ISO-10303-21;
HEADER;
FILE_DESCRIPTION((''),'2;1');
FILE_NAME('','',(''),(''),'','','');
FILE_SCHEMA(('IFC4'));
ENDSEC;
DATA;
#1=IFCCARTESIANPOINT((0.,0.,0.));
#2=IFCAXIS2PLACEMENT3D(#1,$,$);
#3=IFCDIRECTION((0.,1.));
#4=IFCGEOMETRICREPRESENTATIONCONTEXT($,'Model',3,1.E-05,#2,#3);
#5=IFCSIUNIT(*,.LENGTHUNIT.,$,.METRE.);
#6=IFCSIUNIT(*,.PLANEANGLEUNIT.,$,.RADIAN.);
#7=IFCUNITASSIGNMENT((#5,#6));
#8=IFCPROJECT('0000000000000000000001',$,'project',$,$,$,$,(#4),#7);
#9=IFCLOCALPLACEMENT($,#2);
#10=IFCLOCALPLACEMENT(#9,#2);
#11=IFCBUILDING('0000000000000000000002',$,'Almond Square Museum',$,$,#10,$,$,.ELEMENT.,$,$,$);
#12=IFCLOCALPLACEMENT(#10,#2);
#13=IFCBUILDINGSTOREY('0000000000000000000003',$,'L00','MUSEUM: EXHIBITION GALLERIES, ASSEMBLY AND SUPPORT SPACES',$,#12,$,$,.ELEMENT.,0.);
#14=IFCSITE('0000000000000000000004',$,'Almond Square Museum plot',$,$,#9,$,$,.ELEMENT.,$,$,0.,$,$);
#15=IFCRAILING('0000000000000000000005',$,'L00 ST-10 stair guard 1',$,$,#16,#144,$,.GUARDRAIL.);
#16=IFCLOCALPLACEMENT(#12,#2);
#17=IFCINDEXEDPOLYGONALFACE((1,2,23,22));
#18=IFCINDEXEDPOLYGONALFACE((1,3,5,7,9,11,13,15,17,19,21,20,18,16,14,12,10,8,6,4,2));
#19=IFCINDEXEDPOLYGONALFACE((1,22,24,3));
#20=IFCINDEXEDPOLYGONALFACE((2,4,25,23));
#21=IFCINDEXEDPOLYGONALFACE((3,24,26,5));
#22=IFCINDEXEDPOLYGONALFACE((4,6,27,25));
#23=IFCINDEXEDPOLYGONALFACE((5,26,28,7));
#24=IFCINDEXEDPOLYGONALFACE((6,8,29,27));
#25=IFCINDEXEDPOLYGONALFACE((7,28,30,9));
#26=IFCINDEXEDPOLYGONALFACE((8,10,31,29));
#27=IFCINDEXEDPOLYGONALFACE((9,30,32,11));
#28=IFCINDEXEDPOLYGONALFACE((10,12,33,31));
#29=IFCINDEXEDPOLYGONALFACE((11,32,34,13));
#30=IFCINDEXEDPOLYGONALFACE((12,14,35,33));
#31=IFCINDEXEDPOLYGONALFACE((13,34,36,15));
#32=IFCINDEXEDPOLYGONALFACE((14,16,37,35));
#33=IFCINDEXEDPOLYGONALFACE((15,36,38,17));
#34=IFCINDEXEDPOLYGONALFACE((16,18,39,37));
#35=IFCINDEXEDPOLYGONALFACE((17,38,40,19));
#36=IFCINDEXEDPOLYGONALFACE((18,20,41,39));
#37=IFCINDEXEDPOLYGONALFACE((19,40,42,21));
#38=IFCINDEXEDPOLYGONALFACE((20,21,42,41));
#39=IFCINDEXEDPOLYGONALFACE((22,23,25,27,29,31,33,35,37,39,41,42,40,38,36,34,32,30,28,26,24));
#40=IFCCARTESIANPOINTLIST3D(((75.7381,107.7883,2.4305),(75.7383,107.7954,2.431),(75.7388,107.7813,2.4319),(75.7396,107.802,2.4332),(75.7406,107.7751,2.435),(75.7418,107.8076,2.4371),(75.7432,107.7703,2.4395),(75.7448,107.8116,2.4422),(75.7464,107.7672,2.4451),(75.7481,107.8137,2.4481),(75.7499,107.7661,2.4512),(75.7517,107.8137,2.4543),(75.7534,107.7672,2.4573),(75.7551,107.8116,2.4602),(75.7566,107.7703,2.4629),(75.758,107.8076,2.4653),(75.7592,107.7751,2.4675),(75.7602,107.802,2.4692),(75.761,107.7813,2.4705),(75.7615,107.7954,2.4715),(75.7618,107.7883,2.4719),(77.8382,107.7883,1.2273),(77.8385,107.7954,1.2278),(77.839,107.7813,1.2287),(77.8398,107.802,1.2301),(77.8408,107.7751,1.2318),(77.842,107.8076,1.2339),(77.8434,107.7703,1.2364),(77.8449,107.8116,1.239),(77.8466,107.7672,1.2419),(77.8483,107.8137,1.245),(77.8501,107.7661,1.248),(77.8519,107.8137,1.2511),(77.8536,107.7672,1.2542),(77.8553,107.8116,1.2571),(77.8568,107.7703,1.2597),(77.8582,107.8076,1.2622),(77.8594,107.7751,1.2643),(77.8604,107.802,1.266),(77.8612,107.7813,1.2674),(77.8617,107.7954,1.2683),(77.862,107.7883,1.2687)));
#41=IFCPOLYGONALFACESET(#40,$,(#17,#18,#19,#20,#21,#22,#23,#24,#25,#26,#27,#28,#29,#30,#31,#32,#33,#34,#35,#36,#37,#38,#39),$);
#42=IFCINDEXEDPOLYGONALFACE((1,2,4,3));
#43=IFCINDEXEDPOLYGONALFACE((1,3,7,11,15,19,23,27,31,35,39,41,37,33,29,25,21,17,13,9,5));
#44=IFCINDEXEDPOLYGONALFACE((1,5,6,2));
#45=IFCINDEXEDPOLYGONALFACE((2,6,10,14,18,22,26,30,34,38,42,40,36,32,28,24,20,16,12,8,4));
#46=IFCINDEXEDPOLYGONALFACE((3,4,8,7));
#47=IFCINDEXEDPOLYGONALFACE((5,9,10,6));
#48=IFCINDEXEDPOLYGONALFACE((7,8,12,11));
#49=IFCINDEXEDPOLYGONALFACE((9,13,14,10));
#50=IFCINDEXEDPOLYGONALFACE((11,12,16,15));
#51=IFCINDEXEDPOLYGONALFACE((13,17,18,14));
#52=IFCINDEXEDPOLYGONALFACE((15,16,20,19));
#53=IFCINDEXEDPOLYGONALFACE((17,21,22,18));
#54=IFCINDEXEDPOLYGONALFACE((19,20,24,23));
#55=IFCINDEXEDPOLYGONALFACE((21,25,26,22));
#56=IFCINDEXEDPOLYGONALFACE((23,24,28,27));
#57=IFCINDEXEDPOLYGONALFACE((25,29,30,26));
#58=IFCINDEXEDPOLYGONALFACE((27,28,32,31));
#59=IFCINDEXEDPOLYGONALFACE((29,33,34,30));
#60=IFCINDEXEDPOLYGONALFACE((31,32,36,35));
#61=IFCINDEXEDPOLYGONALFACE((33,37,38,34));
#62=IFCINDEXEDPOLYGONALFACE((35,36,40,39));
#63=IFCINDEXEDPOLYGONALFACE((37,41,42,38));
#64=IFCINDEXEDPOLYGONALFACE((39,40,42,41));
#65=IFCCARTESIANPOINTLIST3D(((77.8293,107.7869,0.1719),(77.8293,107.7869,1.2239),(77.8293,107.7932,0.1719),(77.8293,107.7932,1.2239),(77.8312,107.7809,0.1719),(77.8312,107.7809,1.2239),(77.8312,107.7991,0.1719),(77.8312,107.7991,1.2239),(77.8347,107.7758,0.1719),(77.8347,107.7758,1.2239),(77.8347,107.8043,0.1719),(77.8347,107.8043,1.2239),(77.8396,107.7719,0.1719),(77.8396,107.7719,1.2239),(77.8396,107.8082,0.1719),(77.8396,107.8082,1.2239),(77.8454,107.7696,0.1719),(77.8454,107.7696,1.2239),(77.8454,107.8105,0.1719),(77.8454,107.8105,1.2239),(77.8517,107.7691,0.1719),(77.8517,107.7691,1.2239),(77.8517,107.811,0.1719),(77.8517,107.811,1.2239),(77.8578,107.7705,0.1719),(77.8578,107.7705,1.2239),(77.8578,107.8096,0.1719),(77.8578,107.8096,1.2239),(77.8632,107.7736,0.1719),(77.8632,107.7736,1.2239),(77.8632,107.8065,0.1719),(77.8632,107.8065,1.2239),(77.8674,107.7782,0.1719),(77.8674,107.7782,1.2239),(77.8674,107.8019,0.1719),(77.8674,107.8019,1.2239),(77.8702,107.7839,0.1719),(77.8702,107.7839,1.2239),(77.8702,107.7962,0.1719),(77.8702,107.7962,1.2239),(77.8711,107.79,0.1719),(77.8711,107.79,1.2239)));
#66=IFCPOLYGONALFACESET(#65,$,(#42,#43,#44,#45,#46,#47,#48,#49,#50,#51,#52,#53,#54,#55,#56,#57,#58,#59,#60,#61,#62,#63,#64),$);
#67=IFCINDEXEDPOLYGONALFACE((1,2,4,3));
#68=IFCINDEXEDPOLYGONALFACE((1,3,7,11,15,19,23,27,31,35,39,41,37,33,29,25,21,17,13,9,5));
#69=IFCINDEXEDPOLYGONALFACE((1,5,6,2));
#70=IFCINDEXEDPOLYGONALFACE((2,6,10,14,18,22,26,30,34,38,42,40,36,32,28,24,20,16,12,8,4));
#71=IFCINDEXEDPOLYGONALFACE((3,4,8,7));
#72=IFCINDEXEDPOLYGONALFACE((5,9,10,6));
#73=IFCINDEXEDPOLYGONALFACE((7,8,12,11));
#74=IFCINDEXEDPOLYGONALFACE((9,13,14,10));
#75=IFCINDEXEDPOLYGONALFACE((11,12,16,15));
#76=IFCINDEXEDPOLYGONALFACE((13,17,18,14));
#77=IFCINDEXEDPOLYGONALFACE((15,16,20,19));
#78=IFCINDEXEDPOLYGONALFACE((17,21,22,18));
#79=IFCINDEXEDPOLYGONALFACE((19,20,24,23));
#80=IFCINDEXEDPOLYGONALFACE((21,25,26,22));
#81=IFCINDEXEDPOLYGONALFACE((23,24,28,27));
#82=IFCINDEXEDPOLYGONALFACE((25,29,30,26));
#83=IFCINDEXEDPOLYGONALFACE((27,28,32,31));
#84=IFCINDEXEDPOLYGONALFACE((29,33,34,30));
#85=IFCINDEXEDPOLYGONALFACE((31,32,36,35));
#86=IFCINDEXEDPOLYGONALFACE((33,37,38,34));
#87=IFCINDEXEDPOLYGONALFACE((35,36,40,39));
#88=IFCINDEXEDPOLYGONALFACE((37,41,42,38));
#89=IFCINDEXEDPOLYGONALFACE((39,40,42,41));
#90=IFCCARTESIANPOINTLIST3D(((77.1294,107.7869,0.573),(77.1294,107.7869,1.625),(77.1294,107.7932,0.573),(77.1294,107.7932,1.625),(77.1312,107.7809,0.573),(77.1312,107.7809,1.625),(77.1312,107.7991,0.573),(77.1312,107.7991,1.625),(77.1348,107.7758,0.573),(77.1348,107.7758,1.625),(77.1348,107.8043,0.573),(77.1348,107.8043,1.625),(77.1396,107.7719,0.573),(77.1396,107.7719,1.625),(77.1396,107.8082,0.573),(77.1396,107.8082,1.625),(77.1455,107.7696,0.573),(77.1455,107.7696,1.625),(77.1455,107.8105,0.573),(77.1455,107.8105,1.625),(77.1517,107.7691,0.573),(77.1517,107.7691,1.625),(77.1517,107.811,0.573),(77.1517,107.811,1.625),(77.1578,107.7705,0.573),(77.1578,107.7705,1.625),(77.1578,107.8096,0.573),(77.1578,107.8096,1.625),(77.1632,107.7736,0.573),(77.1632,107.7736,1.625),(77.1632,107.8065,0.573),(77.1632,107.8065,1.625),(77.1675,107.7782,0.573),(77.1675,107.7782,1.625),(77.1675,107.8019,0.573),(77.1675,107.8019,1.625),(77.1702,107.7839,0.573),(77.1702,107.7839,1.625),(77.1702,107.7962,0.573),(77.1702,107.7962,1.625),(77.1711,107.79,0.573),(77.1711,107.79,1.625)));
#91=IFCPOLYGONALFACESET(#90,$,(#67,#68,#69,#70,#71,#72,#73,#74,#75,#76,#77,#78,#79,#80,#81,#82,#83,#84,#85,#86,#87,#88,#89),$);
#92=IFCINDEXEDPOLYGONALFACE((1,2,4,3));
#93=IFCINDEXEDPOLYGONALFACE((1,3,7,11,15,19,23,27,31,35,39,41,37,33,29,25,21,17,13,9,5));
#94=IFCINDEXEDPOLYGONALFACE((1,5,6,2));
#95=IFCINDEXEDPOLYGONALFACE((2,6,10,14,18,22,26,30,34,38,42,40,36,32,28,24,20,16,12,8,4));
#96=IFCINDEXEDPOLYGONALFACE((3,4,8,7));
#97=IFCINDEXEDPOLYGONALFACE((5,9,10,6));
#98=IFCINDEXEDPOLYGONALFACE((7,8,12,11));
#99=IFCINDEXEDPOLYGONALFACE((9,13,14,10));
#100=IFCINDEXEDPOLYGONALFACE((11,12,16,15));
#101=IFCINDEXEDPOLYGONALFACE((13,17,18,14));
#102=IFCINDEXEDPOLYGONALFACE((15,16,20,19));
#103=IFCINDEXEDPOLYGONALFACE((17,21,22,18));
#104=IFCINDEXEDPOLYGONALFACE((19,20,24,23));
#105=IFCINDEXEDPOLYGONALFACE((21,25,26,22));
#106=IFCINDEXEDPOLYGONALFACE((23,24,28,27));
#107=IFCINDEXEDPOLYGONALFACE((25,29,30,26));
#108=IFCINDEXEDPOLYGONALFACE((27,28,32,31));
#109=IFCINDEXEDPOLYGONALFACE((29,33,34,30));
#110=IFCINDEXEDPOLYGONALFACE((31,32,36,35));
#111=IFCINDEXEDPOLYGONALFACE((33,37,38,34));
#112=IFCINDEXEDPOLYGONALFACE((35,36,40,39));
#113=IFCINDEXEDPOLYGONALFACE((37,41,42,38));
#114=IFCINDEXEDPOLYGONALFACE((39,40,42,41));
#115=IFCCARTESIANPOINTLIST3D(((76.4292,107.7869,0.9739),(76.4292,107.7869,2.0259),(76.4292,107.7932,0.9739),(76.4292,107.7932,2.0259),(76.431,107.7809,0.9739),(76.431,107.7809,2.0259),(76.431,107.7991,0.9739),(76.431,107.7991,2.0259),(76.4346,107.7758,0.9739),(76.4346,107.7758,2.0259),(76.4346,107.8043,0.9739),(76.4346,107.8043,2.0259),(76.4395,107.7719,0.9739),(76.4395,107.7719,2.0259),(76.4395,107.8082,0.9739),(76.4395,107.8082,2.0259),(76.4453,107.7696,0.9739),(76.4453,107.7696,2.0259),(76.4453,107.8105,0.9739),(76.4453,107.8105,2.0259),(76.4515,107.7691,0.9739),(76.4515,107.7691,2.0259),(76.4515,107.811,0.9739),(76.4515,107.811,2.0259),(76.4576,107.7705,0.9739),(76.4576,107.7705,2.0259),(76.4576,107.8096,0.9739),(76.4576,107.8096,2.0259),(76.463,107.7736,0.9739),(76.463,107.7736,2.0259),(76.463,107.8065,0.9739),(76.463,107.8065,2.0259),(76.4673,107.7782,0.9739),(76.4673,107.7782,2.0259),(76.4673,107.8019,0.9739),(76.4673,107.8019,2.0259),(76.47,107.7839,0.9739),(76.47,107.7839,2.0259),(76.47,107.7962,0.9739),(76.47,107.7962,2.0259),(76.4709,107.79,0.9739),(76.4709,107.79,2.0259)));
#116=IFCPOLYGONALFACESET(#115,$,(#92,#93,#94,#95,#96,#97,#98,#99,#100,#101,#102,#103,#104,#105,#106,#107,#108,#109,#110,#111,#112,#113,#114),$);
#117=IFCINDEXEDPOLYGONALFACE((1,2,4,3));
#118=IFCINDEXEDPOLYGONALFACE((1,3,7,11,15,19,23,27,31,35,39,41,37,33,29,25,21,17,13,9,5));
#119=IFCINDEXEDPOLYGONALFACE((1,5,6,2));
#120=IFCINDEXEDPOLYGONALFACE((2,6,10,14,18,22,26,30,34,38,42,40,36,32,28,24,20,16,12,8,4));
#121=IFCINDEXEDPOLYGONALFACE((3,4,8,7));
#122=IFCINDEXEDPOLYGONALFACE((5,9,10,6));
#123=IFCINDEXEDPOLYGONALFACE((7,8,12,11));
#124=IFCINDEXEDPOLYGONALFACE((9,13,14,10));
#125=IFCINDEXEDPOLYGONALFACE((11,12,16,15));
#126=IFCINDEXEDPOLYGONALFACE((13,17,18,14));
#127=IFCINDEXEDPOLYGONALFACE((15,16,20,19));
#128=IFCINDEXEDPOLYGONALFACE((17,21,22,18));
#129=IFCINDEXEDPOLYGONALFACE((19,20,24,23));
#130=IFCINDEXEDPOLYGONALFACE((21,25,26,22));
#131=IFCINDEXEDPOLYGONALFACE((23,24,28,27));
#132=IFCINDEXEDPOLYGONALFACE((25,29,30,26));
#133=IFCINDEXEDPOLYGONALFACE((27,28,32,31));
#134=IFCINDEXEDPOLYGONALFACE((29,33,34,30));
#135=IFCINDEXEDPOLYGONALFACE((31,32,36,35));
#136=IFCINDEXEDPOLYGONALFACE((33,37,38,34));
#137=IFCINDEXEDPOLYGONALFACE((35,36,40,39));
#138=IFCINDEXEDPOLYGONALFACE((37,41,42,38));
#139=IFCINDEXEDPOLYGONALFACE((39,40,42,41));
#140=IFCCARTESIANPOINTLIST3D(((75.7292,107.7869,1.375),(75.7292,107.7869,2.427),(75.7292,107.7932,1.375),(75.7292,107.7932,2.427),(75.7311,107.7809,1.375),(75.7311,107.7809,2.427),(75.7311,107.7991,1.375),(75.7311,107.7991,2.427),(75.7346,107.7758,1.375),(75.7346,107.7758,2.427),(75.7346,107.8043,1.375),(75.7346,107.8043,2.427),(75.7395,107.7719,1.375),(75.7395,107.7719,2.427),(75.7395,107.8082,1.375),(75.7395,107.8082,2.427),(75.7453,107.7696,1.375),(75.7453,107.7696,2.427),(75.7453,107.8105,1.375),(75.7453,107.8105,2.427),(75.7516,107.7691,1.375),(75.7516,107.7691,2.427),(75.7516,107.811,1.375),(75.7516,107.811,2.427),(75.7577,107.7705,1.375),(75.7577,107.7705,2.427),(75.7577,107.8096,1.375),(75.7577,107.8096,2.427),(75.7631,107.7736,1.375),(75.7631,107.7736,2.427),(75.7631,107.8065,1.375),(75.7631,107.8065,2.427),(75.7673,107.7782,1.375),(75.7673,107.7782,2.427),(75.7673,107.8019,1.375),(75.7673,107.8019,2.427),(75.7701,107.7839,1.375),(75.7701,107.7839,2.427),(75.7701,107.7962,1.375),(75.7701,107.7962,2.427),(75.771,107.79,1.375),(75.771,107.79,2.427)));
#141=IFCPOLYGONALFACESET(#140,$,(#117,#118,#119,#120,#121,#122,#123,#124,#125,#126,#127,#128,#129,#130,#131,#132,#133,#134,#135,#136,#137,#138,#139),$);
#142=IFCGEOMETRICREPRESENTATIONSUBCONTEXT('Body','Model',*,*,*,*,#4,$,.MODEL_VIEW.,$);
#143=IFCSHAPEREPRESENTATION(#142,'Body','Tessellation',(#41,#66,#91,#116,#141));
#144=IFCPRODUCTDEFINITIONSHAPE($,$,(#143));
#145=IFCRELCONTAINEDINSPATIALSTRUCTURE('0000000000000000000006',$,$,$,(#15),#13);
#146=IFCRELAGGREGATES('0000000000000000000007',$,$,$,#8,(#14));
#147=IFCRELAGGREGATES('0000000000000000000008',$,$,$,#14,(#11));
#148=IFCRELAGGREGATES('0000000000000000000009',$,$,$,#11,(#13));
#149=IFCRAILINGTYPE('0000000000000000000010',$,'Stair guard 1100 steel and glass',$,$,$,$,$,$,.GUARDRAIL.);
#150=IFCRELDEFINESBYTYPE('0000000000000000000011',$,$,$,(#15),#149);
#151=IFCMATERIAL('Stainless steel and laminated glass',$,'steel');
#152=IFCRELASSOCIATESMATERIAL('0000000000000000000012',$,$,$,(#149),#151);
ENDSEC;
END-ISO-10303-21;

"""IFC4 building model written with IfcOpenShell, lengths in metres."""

from ifc_helpers import new_model, si_unit, direction, frame, origin, origin_2d, place, context, subcontext, project, spatial, circle, extrude, material, type_object, element, save


model = new_model("IFC4")

# Units and contexts
model_context = context("Model", 3, precision=1e-05, world=origin(), true_north=direction((0.0, 1.0)))
body_context = subcontext(model_context, "Body", "Model", "MODEL_VIEW")
ifc_project = project(units=[si_unit("LENGTHUNIT", "METRE"), si_unit("PLANEANGLEUNIT", "RADIAN")], contexts=[model_context])

# Site, building, storey
site_placement = place(None, origin())
site = spatial("IfcSite", under=ifc_project, at=site_placement, Name="Almond Square Museum plot", CompositionType="ELEMENT", RefElevation=0.0)
building_placement = place(site_placement, origin())
building = spatial("IfcBuilding", under=site, at=building_placement, Name="Almond Square Museum", CompositionType="ELEMENT")
storey_placement = place(building_placement, origin())
storey = spatial("IfcBuildingStorey", under=building, at=storey_placement, Name="L00", Description="MUSEUM: EXHIBITION GALLERIES, ASSEMBLY AND SUPPORT SPACES", CompositionType="ELEMENT", Elevation=0.0)

# Railing
ifc_material_1 = material(Name="Stainless steel and laminated glass", Category="steel")
railing_type_1 = type_object("IfcRailingType", Name="Stair guard 1100 steel and glass", PredefinedType="GUARDRAIL", material=ifc_material_1)
railing_1_placement = place(storey_placement, frame((77.8501, 107.79, 0.1719)))
element("IfcRailing", 1, at=railing_1_placement, inside=storey, type_object=railing_type_1, Name="L00 ST-10 stair guard 1", PredefinedType="GUARDRAIL", context=body_context, shape_type="SweptSolid", body=[
    extrude(circle(Radius=0.0239, at=origin_2d()), frame((0.0, 0.0, 1.0762), z_axis=(-0.867696, 0.0, 0.497095), x_axis=(0.0, -1.0, 0.0)), (0.0, 0.0, 1.0), 2.4204),
    extrude(circle(Radius=0.021, at=origin_2d()), origin(), (0.0, 0.0, 1.0), 1.052),
    extrude(circle(Radius=0.021, at=origin_2d()), frame((-0.7, 0.0, 0.4011)), (0.0, 0.0, 1.0), 1.052),
    extrude(circle(Radius=0.021, at=origin_2d()), frame((-1.4001, 0.0, 0.802)), (0.0, 0.0, 1.0), 1.052),
    extrude(circle(Radius=0.021, at=origin_2d()), frame((-2.1001, 0.0, 1.2031)), (0.0, 0.0, 1.0), 1.052),
])

save(model, "model.ifc")
